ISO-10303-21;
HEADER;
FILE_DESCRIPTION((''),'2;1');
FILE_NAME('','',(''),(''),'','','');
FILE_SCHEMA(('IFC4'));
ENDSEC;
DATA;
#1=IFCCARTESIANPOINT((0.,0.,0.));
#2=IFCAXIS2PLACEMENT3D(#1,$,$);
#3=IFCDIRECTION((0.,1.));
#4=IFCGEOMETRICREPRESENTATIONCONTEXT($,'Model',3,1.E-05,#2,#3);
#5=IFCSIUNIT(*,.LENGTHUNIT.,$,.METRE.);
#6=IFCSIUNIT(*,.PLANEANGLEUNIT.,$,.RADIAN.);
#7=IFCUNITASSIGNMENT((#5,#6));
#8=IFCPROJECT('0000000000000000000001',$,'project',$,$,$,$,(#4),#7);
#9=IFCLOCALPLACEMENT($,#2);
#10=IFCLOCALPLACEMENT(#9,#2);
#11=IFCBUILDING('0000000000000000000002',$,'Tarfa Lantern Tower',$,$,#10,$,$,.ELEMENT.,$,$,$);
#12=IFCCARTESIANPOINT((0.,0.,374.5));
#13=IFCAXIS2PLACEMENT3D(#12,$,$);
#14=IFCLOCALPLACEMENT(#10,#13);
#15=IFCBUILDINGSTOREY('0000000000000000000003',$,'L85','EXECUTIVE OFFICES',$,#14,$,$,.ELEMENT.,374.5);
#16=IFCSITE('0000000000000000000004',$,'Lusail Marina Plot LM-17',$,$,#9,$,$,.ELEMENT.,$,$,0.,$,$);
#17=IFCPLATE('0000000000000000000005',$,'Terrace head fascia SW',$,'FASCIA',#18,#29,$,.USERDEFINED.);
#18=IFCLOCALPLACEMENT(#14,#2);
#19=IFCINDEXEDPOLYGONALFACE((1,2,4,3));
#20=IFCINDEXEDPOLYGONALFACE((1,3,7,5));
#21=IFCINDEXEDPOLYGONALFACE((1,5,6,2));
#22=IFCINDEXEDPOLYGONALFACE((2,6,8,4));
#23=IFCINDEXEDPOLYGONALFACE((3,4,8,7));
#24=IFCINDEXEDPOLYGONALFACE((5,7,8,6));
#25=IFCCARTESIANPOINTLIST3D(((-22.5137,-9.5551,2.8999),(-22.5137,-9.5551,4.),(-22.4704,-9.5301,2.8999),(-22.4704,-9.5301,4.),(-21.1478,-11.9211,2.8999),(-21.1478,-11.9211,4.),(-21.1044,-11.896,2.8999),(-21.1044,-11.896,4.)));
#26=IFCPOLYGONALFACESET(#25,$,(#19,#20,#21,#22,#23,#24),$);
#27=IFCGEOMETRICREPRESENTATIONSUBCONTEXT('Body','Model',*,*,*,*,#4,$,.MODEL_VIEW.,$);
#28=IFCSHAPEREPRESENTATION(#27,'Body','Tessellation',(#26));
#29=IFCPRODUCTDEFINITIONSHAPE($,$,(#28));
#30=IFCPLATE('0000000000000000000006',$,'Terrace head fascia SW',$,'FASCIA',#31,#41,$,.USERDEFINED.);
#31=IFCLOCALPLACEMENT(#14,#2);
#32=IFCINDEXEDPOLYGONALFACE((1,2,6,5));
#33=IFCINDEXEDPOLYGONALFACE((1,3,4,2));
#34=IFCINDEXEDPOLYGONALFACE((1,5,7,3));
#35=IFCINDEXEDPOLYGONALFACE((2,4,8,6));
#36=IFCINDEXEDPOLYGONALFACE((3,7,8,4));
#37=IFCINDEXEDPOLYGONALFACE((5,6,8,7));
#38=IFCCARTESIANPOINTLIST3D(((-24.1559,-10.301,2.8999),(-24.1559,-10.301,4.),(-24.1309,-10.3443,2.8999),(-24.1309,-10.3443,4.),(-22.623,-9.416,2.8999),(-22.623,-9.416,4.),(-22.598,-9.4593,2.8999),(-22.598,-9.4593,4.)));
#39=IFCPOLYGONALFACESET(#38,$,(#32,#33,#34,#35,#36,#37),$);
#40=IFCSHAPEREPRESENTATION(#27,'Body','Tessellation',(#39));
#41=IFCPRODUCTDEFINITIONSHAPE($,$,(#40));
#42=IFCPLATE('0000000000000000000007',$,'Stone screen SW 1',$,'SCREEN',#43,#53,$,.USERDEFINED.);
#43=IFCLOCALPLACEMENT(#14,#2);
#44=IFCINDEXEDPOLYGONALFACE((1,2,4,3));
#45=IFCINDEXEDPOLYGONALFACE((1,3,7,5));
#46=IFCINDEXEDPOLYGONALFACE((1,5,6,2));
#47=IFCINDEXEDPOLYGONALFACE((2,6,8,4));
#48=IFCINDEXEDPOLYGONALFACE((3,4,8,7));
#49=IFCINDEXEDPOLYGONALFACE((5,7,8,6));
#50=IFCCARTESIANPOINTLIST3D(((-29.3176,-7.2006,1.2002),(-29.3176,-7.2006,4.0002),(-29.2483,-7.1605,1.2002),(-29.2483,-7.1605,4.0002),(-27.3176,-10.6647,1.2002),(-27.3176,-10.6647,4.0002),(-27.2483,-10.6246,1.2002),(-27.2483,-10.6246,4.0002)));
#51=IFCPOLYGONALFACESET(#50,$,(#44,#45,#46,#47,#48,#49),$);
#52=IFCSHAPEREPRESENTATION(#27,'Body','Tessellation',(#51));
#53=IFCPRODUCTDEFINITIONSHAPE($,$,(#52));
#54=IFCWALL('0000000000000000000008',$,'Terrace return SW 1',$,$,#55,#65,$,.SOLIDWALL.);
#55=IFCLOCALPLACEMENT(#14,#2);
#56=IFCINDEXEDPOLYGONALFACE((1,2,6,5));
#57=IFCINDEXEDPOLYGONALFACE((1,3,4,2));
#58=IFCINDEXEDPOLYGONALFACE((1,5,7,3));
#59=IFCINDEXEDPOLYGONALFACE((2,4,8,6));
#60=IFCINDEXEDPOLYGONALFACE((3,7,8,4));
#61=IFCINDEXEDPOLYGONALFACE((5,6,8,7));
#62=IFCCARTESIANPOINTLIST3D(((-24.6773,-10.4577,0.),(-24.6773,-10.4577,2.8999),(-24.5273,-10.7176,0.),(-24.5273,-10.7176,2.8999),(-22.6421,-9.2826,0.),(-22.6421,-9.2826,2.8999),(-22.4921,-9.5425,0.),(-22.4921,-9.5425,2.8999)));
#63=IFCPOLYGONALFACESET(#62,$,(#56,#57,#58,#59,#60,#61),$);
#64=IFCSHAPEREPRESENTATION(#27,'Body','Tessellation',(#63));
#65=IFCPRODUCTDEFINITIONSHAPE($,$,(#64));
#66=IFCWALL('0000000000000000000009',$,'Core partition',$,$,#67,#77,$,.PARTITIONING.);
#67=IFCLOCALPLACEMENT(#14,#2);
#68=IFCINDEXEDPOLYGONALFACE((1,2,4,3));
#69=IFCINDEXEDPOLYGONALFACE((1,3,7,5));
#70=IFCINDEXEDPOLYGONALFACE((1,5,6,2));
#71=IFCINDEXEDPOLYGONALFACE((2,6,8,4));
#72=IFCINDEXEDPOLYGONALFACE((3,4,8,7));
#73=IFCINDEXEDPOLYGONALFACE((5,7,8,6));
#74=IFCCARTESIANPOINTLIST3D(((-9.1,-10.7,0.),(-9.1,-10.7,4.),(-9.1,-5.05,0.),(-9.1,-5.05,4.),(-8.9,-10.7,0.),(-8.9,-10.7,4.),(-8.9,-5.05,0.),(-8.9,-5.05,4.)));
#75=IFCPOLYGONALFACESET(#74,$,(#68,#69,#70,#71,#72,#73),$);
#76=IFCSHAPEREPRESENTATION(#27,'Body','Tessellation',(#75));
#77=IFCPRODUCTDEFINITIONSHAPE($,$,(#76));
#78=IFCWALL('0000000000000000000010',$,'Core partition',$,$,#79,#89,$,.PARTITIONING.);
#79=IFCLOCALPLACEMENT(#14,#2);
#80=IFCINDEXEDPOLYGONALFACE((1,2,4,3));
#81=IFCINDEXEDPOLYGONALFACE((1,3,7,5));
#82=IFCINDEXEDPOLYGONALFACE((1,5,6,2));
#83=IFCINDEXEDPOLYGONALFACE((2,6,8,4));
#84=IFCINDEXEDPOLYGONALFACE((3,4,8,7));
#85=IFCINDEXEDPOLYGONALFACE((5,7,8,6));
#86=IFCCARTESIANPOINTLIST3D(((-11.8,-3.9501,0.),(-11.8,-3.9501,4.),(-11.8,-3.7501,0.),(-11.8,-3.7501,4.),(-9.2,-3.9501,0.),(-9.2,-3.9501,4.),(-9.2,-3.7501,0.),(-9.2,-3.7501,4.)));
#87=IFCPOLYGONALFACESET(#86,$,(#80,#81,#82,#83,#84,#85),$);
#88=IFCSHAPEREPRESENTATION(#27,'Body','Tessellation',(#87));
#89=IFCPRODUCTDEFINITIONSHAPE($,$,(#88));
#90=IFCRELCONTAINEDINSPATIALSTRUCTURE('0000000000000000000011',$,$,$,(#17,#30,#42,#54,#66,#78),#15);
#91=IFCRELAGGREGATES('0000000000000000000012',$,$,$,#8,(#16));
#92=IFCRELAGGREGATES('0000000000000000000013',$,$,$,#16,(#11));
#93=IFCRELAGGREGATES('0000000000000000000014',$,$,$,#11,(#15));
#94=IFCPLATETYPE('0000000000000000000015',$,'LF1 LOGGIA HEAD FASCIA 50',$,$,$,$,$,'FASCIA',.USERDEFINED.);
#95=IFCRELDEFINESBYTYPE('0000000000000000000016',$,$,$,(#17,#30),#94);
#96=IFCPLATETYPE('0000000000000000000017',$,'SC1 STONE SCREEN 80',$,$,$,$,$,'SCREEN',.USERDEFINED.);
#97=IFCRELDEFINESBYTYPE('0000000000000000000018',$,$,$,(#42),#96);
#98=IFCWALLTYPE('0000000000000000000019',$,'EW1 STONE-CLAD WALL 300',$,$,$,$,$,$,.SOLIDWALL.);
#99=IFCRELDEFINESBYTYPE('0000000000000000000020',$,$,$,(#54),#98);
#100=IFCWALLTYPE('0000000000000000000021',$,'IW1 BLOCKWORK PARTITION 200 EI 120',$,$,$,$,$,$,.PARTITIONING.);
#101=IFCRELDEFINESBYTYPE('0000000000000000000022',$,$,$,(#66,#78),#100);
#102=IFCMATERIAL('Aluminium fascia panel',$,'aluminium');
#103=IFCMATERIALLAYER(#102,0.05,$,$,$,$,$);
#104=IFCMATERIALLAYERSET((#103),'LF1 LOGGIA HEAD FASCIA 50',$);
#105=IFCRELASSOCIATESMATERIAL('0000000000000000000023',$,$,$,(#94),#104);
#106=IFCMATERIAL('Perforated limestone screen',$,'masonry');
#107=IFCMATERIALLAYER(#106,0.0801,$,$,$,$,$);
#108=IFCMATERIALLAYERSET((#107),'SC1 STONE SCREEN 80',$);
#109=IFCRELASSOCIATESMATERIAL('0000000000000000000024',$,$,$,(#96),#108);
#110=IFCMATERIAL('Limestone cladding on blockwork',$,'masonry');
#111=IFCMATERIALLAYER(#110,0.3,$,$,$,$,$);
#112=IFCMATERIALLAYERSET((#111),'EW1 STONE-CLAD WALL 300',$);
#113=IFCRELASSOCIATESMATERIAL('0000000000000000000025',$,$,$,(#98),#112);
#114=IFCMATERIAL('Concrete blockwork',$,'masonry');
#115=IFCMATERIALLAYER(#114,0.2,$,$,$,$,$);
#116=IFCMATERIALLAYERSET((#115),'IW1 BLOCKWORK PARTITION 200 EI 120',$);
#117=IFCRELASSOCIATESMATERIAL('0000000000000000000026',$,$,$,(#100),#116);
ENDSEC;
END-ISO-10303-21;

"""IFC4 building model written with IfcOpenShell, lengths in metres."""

from ifc_helpers import new_model, si_unit, direction, frame, frame_2d, origin, origin_2d, place, context, subcontext, project, spatial, rectangle, extrude, material, layer, layer_set, type_object, element, save


model = new_model("IFC4")

# Units and contexts
model_context = context("Model", 3, precision=1e-05, world=origin(), true_north=direction((0.0, 1.0)))
body_context = subcontext(model_context, "Body", "Model", "MODEL_VIEW")
ifc_project = project(units=[si_unit("LENGTHUNIT", "METRE"), si_unit("PLANEANGLEUNIT", "RADIAN")], contexts=[model_context])

# Site, building, storey
site_placement = place(None, origin())
site = spatial("IfcSite", under=ifc_project, at=site_placement, Name="Lusail Marina Plot LM-17", CompositionType="ELEMENT", RefElevation=0.0)
building_placement = place(site_placement, origin())
building = spatial("IfcBuilding", under=site, at=building_placement, Name="Tarfa Lantern Tower", CompositionType="ELEMENT")
storey_placement = place(building_placement, frame((0.0, 0.0, 374.5)))
storey = spatial("IfcBuildingStorey", under=building, at=storey_placement, Name="L85", Description="EXECUTIVE OFFICES", CompositionType="ELEMENT", Elevation=374.5)

# Plates
ifc_material_1 = material(Name="Aluminium fascia panel", Category="aluminium")
ifc_layer_1 = layer(ifc_material_1, 0.05)
ifc_layer_set_1 = layer_set([ifc_layer_1], Name="LF1 LOGGIA HEAD FASCIA 50")
plate_type_1 = type_object("IfcPlateType", Name="LF1 LOGGIA HEAD FASCIA 50", ElementType="FASCIA", PredefinedType="USERDEFINED", material=ifc_layer_set_1)
plate_1_placement = place(storey_placement, frame((-21.8091, -10.7256, 2.8999), z_axis=(0.0, 0.0, 1.0), x_axis=(0.5, -0.866025, 0.0)))
element("IfcPlate", 1, at=plate_1_placement, inside=storey, type_object=plate_type_1, Name="Terrace head fascia SW", ObjectType="FASCIA", PredefinedType="USERDEFINED", context=body_context, shape_type="SweptSolid", body=[
    extrude(rectangle(XDim=2.7319, YDim=0.05, at=origin_2d()), origin(), (0.0, 0.0, 1.0), 1.1001),
])
plate_2_placement = place(storey_placement, frame((-23.377, -9.8801, 2.8999), z_axis=(0.0, 0.0, 1.0), x_axis=(0.866025, 0.5, 0.0)))
element("IfcPlate", 2, at=plate_2_placement, inside=storey, type_object=plate_type_1, Name="Terrace head fascia SW", ObjectType="FASCIA", PredefinedType="USERDEFINED", context=body_context, shape_type="SweptSolid", body=[
    extrude(rectangle(XDim=1.77, YDim=0.05, at=origin_2d()), origin(), (0.0, 0.0, 1.0), 1.1001),
])
ifc_material_2 = material(Name="Perforated limestone screen", Category="masonry")
ifc_layer_2 = layer(ifc_material_2, 0.0801)
ifc_layer_set_2 = layer_set([ifc_layer_2], Name="SC1 STONE SCREEN 80")
plate_type_2 = type_object("IfcPlateType", Name="SC1 STONE SCREEN 80", ElementType="SCREEN", PredefinedType="USERDEFINED", material=ifc_layer_set_2)
plate_3_placement = place(storey_placement, frame((-28.283, -8.9126, 1.2002), z_axis=(0.0, 0.0, 1.0), x_axis=(0.5, -0.866025, 0.0)))
element("IfcPlate", 3, at=plate_3_placement, inside=storey, type_object=plate_type_2, Name="Stone screen SW 1", ObjectType="SCREEN", PredefinedType="USERDEFINED", context=body_context, shape_type="SweptSolid", body=[
    extrude(rectangle(XDim=4.0, YDim=0.0801, at=origin_2d()), origin(), (0.0, 0.0, 1.0), 2.8),
])

# Shared definitions
ifc_material_3 = material(Name="Limestone cladding on blockwork", Category="masonry")
ifc_layer_3 = layer(ifc_material_3, 0.3)
ifc_layer_set_3 = layer_set([ifc_layer_3], Name="EW1 STONE-CLAD WALL 300")
wall_type_1 = type_object("IfcWallType", Name="EW1 STONE-CLAD WALL 300", PredefinedType="SOLIDWALL", material=ifc_layer_set_3)

# Wall
wall_1_placement = place(storey_placement, frame((-24.6023, -10.5876, 0.0), z_axis=(0.0, 0.0, 1.0), x_axis=(0.866016, 0.500016, 0.0)))
element("IfcWall", 4, at=wall_1_placement, inside=storey, type_object=wall_type_1, Name="Terrace return SW 1", PredefinedType="SOLIDWALL", context=body_context, shape_type="SweptSolid", body=[
    extrude(rectangle(XDim=2.3501, YDim=0.3, at=frame_2d((1.175, 0.0))), origin(), (0.0, 0.0, 1.0), 2.8999),
])

# Walls
ifc_material_4 = material(Name="Concrete blockwork", Category="masonry")
ifc_layer_4 = layer(ifc_material_4, 0.2)
ifc_layer_set_4 = layer_set([ifc_layer_4], Name="IW1 BLOCKWORK PARTITION 200 EI 120")
wall_type_2 = type_object("IfcWallType", Name="IW1 BLOCKWORK PARTITION 200 EI 120", PredefinedType="PARTITIONING", material=ifc_layer_set_4)
wall_2_placement = place(storey_placement, frame((-9.0, -5.05, 0.0), z_axis=(0.0, 0.0, 1.0), x_axis=(0.0, -1.0, 0.0)))
element("IfcWall", 5, at=wall_2_placement, inside=storey, type_object=wall_type_2, Name="Core partition", PredefinedType="PARTITIONING", context=body_context, shape_type="SweptSolid", body=[
    extrude(rectangle(XDim=5.6499, YDim=0.2, at=frame_2d((2.825, 0.0))), origin(), (0.0, 0.0, 1.0), 4.0),
])
wall_3_placement = place(storey_placement, frame((-9.2, -3.8501, 0.0), z_axis=(0.0, 0.0, 1.0), x_axis=(-1.0, 0.0, 0.0)))
element("IfcWall", 6, at=wall_3_placement, inside=storey, type_object=wall_type_2, Name="Core partition", PredefinedType="PARTITIONING", context=body_context, shape_type="SweptSolid", body=[
    extrude(rectangle(XDim=2.6001, YDim=0.2, at=frame_2d((1.3, 0.0))), origin(), (0.0, 0.0, 1.0), 4.0),
])

save(model, "model.ifc")
